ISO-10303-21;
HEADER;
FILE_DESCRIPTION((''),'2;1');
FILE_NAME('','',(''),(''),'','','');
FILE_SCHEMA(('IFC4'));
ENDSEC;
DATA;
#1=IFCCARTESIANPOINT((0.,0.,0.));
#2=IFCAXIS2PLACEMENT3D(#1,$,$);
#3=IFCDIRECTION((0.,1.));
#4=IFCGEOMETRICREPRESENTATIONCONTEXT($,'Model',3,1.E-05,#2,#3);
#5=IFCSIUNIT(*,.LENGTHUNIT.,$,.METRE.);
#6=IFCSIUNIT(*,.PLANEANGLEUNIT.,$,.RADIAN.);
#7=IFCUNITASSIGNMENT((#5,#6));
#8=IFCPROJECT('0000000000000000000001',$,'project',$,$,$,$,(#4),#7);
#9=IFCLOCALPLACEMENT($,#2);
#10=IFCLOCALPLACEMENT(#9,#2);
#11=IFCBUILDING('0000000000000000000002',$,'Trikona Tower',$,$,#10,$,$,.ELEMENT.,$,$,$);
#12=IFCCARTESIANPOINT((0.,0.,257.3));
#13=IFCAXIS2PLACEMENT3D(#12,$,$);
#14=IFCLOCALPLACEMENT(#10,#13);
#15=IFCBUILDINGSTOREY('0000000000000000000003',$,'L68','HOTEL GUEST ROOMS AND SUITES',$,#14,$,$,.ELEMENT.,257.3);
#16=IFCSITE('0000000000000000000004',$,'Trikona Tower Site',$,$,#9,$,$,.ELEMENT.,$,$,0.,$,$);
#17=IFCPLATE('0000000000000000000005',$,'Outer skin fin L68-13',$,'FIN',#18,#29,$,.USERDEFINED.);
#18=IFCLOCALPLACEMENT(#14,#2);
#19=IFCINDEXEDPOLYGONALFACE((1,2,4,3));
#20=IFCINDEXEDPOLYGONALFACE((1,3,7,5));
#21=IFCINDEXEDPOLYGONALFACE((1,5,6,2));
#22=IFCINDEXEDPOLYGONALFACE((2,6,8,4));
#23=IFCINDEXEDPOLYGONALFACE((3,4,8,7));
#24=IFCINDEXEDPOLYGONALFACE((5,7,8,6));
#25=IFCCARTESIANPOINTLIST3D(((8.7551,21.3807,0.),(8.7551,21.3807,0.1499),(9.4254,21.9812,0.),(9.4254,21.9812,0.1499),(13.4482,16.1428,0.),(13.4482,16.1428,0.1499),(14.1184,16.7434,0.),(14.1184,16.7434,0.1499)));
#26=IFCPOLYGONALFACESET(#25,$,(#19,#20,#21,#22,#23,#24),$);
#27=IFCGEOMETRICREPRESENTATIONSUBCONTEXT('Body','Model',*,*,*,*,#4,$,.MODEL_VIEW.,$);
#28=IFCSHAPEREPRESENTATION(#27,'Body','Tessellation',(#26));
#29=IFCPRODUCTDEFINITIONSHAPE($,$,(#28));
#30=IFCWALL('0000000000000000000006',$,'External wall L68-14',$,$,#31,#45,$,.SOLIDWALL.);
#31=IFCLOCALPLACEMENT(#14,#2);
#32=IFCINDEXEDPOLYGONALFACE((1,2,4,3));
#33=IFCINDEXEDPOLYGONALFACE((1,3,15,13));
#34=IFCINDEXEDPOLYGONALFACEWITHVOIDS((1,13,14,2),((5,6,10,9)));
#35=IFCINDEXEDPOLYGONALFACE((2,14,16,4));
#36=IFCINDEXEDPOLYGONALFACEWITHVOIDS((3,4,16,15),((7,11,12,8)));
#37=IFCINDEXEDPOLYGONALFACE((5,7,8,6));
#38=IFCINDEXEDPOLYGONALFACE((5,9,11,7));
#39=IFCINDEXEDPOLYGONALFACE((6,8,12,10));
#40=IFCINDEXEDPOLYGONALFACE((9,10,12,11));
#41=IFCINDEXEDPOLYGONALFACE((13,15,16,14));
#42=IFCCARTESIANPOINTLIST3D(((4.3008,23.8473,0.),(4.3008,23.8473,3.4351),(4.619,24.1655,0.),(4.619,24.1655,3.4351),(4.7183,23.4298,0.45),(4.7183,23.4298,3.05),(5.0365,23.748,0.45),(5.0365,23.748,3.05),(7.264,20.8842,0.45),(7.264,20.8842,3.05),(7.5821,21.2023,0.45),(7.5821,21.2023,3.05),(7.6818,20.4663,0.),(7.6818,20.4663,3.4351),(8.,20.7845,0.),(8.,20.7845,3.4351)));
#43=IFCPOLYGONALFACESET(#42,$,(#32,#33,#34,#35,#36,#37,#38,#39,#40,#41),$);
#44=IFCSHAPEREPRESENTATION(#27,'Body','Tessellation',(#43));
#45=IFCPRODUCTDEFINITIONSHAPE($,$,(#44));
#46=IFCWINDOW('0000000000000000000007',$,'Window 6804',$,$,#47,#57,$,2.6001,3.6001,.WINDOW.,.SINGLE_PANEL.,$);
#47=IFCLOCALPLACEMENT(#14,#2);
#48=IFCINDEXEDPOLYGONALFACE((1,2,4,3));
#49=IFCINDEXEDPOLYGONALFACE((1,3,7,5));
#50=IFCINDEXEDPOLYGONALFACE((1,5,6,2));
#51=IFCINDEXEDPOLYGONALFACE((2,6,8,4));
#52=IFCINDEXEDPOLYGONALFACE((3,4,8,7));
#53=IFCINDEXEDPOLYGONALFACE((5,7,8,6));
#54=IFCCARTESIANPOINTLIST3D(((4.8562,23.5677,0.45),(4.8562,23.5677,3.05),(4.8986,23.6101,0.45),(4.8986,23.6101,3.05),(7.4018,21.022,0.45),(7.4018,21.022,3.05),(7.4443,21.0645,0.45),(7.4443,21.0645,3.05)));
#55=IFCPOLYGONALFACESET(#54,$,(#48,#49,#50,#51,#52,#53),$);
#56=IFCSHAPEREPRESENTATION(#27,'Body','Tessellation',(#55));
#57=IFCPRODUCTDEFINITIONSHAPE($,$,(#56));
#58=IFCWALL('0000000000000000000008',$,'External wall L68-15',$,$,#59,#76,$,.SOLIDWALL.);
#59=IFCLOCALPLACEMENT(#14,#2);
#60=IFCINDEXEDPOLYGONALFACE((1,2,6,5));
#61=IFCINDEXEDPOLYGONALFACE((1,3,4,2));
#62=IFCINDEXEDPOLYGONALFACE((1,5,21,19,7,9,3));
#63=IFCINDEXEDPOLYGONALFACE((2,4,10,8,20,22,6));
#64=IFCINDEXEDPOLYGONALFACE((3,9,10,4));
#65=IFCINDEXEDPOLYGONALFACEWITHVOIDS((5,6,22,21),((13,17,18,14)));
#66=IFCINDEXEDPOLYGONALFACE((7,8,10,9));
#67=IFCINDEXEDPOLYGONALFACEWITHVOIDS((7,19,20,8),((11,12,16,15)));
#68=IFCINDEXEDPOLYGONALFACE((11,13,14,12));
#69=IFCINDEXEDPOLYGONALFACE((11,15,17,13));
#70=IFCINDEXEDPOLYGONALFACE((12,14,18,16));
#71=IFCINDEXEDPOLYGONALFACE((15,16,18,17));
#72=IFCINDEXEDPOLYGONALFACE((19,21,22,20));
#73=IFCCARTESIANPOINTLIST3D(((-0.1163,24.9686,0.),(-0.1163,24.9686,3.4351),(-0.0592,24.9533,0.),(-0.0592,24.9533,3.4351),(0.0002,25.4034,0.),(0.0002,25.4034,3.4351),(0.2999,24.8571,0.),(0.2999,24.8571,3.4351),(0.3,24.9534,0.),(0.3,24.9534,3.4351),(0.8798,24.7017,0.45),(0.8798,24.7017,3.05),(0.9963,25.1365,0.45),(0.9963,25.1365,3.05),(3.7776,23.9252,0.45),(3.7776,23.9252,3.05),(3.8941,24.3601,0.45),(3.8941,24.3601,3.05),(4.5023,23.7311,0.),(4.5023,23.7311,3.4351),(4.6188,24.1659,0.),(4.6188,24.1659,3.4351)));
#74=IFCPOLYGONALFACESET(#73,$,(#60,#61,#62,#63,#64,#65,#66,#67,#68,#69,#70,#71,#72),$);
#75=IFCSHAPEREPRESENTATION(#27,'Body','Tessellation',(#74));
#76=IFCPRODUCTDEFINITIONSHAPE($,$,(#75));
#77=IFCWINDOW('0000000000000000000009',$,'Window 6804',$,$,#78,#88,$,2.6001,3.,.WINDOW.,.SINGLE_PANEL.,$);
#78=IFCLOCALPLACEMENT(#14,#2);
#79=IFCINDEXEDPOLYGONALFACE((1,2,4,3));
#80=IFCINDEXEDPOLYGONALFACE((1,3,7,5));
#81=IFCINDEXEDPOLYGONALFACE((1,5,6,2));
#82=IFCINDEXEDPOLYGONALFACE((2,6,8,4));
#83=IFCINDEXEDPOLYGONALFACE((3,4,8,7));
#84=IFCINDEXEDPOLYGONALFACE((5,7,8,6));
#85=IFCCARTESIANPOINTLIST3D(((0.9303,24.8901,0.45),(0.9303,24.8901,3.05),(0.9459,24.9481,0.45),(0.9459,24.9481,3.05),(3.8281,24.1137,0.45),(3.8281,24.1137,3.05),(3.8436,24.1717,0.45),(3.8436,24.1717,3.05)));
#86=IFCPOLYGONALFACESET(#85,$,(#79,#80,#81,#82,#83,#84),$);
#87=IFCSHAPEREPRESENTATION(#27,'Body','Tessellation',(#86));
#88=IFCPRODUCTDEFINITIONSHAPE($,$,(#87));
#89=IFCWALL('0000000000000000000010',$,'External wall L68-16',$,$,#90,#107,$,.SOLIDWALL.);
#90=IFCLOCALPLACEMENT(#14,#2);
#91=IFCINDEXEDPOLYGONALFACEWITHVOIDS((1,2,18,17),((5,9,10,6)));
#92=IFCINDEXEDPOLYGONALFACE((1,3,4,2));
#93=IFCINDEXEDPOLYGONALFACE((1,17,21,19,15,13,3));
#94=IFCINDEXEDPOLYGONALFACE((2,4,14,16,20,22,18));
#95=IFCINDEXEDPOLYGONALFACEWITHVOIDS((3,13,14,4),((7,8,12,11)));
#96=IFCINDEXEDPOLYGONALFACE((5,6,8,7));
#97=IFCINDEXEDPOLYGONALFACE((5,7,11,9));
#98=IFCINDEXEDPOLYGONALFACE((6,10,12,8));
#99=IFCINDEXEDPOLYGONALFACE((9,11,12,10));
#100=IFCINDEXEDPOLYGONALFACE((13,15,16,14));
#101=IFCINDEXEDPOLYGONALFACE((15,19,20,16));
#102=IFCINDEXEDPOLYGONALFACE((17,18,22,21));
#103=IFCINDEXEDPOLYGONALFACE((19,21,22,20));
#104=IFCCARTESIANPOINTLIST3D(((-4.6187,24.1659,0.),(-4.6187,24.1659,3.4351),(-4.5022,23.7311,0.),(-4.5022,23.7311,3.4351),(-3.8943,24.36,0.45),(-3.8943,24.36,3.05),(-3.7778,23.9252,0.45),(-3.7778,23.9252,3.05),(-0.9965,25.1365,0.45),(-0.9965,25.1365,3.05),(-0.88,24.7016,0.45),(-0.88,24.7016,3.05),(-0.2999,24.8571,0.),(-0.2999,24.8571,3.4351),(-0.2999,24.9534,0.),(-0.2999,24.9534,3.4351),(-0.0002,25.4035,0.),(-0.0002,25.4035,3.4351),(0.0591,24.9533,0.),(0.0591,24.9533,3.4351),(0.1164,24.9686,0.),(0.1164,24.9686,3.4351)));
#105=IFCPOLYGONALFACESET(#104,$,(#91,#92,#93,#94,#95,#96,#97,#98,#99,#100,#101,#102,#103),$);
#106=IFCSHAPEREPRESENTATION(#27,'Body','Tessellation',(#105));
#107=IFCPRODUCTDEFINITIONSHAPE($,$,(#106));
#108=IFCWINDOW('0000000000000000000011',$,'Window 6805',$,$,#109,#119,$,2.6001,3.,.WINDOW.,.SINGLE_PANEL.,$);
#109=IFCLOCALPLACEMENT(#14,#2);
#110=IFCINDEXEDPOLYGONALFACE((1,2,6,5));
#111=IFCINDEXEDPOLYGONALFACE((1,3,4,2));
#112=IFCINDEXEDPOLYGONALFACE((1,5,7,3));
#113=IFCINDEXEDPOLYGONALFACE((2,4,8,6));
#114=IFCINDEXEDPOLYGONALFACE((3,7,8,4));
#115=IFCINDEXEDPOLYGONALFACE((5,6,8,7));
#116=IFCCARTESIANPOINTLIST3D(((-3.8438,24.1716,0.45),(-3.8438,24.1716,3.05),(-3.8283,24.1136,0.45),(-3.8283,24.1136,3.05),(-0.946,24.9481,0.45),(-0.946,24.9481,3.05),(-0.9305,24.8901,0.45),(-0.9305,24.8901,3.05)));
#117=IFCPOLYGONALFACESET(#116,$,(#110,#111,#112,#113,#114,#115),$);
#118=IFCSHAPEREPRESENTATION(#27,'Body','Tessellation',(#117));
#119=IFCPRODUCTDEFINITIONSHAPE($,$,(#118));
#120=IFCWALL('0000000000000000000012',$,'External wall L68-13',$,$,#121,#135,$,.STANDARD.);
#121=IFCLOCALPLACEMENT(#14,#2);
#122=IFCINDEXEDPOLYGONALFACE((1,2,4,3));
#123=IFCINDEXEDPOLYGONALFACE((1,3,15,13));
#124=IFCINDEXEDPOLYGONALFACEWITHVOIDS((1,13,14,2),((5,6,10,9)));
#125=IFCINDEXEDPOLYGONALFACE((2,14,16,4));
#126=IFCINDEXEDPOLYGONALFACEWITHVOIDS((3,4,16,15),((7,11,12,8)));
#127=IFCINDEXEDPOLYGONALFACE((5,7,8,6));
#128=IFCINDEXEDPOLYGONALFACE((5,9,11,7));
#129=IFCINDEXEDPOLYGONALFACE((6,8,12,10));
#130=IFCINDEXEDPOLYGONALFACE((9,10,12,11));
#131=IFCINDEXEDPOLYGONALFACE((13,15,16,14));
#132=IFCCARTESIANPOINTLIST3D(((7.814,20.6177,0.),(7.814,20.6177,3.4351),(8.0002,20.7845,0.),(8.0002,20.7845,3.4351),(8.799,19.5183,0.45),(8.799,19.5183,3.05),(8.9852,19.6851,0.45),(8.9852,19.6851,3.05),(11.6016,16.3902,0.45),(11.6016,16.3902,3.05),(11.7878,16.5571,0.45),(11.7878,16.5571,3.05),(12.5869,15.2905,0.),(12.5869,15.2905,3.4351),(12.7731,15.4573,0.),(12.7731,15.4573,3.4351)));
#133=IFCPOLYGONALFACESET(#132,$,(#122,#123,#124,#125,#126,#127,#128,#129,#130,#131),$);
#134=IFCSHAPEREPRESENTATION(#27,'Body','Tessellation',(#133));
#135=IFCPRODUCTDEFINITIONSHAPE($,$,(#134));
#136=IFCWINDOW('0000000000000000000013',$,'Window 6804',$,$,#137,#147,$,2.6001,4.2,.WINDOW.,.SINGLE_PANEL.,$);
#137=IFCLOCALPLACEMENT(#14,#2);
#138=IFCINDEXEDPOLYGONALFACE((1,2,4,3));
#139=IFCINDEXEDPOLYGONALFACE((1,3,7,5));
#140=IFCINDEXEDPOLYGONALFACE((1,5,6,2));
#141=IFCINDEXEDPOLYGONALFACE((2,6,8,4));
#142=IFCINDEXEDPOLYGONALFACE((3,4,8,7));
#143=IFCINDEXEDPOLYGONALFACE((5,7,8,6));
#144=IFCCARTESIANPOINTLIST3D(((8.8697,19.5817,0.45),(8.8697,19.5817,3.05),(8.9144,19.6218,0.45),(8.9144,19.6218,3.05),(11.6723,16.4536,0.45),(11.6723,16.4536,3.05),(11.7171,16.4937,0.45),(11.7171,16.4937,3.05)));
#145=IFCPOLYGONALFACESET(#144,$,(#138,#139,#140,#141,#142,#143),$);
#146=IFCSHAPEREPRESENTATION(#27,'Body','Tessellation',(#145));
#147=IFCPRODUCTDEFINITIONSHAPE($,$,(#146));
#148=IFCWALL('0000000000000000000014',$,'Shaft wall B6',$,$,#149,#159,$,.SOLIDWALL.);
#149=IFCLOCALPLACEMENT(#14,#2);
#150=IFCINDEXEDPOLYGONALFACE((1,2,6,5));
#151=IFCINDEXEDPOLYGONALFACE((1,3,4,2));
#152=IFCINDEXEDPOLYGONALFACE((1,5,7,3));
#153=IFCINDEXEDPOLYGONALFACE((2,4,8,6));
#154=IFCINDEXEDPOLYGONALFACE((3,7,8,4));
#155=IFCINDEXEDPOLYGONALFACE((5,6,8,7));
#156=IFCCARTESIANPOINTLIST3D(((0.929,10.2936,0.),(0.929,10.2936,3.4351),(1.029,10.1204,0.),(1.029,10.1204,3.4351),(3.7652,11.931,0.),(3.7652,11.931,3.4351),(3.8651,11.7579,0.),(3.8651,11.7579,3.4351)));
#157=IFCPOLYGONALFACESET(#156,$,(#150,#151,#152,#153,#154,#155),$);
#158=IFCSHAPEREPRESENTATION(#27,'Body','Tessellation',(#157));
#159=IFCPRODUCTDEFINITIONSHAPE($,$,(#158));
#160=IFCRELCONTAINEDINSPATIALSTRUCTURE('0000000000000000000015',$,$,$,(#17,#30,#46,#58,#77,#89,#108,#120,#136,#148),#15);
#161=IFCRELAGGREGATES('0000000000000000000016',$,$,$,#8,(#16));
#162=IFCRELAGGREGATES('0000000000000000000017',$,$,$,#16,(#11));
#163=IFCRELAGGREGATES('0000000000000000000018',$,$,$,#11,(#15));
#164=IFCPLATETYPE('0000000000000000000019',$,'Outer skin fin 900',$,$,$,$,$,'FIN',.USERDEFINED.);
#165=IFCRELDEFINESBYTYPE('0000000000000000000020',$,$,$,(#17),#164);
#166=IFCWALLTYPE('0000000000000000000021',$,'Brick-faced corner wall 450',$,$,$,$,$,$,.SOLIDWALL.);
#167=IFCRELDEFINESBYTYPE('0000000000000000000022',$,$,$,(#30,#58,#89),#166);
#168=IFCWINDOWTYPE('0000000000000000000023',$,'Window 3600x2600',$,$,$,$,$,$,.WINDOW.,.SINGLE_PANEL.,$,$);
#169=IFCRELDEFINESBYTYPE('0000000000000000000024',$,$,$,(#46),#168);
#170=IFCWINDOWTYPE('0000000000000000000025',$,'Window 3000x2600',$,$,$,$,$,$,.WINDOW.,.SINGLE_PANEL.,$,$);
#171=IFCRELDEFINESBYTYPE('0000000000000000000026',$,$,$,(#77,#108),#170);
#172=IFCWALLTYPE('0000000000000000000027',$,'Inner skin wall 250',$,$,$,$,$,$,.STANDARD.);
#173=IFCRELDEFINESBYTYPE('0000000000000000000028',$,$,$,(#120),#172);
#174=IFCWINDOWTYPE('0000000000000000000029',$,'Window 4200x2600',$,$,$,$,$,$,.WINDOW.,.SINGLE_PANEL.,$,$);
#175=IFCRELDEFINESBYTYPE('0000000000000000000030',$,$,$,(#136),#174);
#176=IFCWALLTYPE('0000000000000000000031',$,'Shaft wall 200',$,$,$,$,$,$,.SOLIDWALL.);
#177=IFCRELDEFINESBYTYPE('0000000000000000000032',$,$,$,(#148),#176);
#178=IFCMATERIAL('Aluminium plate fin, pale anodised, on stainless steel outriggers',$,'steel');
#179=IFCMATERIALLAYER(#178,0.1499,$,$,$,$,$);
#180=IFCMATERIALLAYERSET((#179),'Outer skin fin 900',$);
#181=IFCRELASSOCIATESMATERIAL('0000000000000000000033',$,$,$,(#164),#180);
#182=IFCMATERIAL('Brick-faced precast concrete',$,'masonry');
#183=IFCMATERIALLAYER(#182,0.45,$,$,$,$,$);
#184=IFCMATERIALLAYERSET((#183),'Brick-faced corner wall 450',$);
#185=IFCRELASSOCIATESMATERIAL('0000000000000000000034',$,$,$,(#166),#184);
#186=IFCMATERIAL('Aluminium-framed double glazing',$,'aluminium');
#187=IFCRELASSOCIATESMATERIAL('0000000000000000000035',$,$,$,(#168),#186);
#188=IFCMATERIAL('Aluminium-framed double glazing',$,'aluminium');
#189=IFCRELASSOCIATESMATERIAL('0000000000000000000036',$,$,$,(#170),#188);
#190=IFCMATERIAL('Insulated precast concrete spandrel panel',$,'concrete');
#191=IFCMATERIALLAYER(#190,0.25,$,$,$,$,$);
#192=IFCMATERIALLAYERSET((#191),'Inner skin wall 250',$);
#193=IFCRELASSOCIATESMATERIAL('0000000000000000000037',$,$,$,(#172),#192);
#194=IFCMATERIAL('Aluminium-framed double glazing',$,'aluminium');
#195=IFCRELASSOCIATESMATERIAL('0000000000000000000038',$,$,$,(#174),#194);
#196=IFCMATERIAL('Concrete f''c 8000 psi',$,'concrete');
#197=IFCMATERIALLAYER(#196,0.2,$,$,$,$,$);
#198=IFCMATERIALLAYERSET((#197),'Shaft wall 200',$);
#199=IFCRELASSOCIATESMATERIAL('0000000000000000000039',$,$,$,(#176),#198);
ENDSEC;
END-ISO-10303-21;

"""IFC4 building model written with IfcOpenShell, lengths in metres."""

from ifc_helpers import new_model, si_unit, direction, frame, frame_2d, origin, origin_2d, place, context, subcontext, project, spatial, polyline, rectangle, outline, extrude, material, layer, layer_set, type_object, element, fill, save


model = new_model("IFC4")

# Units and contexts
model_context = context("Model", 3, precision=1e-05, world=origin(), true_north=direction((0.0, 1.0)))
body_context = subcontext(model_context, "Body", "Model", "MODEL_VIEW")
ifc_project = project(units=[si_unit("LENGTHUNIT", "METRE"), si_unit("PLANEANGLEUNIT", "RADIAN")], contexts=[model_context])

# Site, building, storey
site_placement = place(None, origin())
site = spatial("IfcSite", under=ifc_project, at=site_placement, Name="Trikona Tower Site", CompositionType="ELEMENT", RefElevation=0.0)
building_placement = place(site_placement, origin())
building = spatial("IfcBuilding", under=site, at=building_placement, Name="Trikona Tower", CompositionType="ELEMENT")
storey_placement = place(building_placement, frame((0.0, 0.0, 257.3)))
storey = spatial("IfcBuildingStorey", under=building, at=storey_placement, Name="L68", Description="HOTEL GUEST ROOMS AND SUITES", CompositionType="ELEMENT", Elevation=257.3)

# Plate
ifc_material_1 = material(Name="Aluminium plate fin, pale anodised, on stainless steel outriggers", Category="steel")
ifc_layer_1 = layer(ifc_material_1, 0.1499)
ifc_layer_set_1 = layer_set([ifc_layer_1], Name="Outer skin fin 900")
plate_type_1 = type_object("IfcPlateType", Name="Outer skin fin 900", ElementType="FIN", PredefinedType="USERDEFINED", material=ifc_layer_set_1)
plate_1_placement = place(storey_placement, frame((11.4368, 19.062, 0.0), z_axis=(0.0, 0.0, 1.0), x_axis=(-0.667311, 0.744779, 0.0)))
element("IfcPlate", 1, at=plate_1_placement, inside=storey, type_object=plate_type_1, Name="Outer skin fin L68-13", ObjectType="FIN", PredefinedType="USERDEFINED", context=body_context, shape_type="SweptSolid", body=[
    extrude(rectangle(XDim=7.0327, YDim=0.8999, at=origin_2d()), origin(), (0.0, 0.0, 1.0), 0.1499),
])

# Walls, openings, windows
ifc_material_2 = material(Name="Brick-faced precast concrete", Category="masonry")
ifc_layer_2 = layer(ifc_material_2, 0.45)
ifc_layer_set_2 = layer_set([ifc_layer_2], Name="Brick-faced corner wall 450")
wall_type_1 = type_object("IfcWallType", Name="Brick-faced corner wall 450", PredefinedType="SOLIDWALL", material=ifc_layer_set_2)
wall_1_placement = place(storey_placement, frame((7.8408, 20.6255, 0.0), z_axis=(0.0, 0.0, 1.0), x_axis=(-0.707107, 0.707107, 0.0)))
wall_1 = element("IfcWall", 2, at=wall_1_placement, inside=storey, type_object=wall_type_1, Name="External wall L68-14", PredefinedType="SOLIDWALL", context=body_context, shape_type="SweptSolid", body=[
    extrude(rectangle(XDim=4.7815, YDim=0.45, at=frame_2d((2.3906, 0.0))), origin(), (0.0, 0.0, 1.0), 3.4351),
])
opening_1_placement = place(wall_1_placement, frame((0.5908, 0.0, 0.45)))
opening_1 = element("IfcOpeningElement", 3, at=opening_1_placement, cuts=wall_1, PredefinedType="OPENING", context=body_context, shape_type="SweptSolid", body=[
    extrude(rectangle(XDim=3.6001, YDim=2.6001, at=frame_2d((1.8, 1.3))), frame((0.0, 0.2349, 0.0), z_axis=(0.0, -1.0, 0.0), x_axis=(1.0, 0.0, 0.0)), (0.0, 0.0, 1.0), 0.47),
])
ifc_material_3 = material(Name="Aluminium-framed double glazing", Category="aluminium")
window_type_1 = type_object("IfcWindowType", Name="Window 3600x2600", PartitioningType="SINGLE_PANEL", PredefinedType="WINDOW", material=ifc_material_3)
window_1_placement = place(opening_1_placement, origin())
window_1 = element("IfcWindow", 4, at=window_1_placement, inside=storey, type_object=window_type_1, Name="Window 6804", OverallHeight=2.6001, OverallWidth=3.6001, PartitioningType="SINGLE_PANEL", PredefinedType="WINDOW", context=body_context, shape_type="SweptSolid", body=[
    extrude(rectangle(XDim=3.6001, YDim=2.6001, at=frame_2d((1.8, 1.3))), frame((0.0, 0.03, 0.0), z_axis=(0.0, -1.0, 0.0), x_axis=(1.0, 0.0, 0.0)), (0.0, 0.0, 1.0), 0.0601),
])
fill(opening_1, window_1)
wall_2_placement = place(storey_placement, frame((4.5605, 23.9485, 0.0), z_axis=(0.0, 0.0, 1.0), x_axis=(-0.965927, 0.258816, 0.0)))
wall_2 = element("IfcWall", 5, at=wall_2_placement, inside=storey, type_object=wall_type_1, Name="External wall L68-15", PredefinedType="SOLIDWALL", context=body_context, shape_type="SweptSolid", body=[
    extrude(outline(polyline([(4.7815, 0.2251), (4.7224, 0.2251), (4.3755, 0.1321), (4.3506, 0.2251), (0.0, 0.2251), (0.0, -0.2251), (4.7815, -0.2251), (4.7815, 0.2251)])), origin(), (0.0, 0.0, 1.0), 3.4351),
])
opening_2_placement = place(wall_2_placement, frame((0.7502, 0.0, 0.45)))
opening_2 = element("IfcOpeningElement", 6, at=opening_2_placement, cuts=wall_2, PredefinedType="OPENING", context=body_context, shape_type="SweptSolid", body=[
    extrude(rectangle(XDim=3.0, YDim=2.6001, at=frame_2d((1.5, 1.3))), frame((0.0, 0.2349, 0.0), z_axis=(0.0, -1.0, 0.0), x_axis=(1.0, 0.0, 0.0)), (0.0, 0.0, 1.0), 0.47),
])
ifc_material_4 = material(Name="Aluminium-framed double glazing", Category="aluminium")
window_type_2 = type_object("IfcWindowType", Name="Window 3000x2600", PartitioningType="SINGLE_PANEL", PredefinedType="WINDOW", material=ifc_material_4)
window_2_placement = place(opening_2_placement, origin())
window_2 = element("IfcWindow", 7, at=window_2_placement, inside=storey, type_object=window_type_2, Name="Window 6804", OverallHeight=2.6001, OverallWidth=3.0, PartitioningType="SINGLE_PANEL", PredefinedType="WINDOW", context=body_context, shape_type="SweptSolid", body=[
    extrude(rectangle(XDim=3.0, YDim=2.6001, at=frame_2d((1.5, 1.3))), frame((0.0, 0.03, 0.0), z_axis=(0.0, -1.0, 0.0), x_axis=(1.0, 0.0, 0.0)), (0.0, 0.0, 1.0), 0.0601),
])
fill(opening_2, window_2)
wall_3_placement = place(storey_placement, frame((0.0581, 25.186, 0.0), z_axis=(0.0, 0.0, 1.0), x_axis=(-0.965927, -0.258816, 0.0)))
wall_3 = element("IfcWall", 8, at=wall_3_placement, inside=storey, type_object=wall_type_1, Name="External wall L68-16", PredefinedType="SOLIDWALL", context=body_context, shape_type="SweptSolid", body=[
    extrude(outline(polyline([(4.7815, 0.2251), (0.4309, 0.2251), (0.406, 0.1321), (0.0593, 0.2251), (0.0, 0.2251), (0.0, -0.2251), (4.7815, -0.2251), (4.7815, 0.2251)])), origin(), (0.0, 0.0, 1.0), 3.4351),
])
opening_3_placement = place(wall_3_placement, frame((1.0315, 0.0, 0.45)))
opening_3 = element("IfcOpeningElement", 9, at=opening_3_placement, cuts=wall_3, PredefinedType="OPENING", context=body_context, shape_type="SweptSolid", body=[
    extrude(rectangle(XDim=3.0, YDim=2.6001, at=frame_2d((1.5, 1.3))), frame((0.0, 0.2349, 0.0), z_axis=(0.0, -1.0, 0.0), x_axis=(1.0, 0.0, 0.0)), (0.0, 0.0, 1.0), 0.47),
])
window_3_placement = place(opening_3_placement, origin())
window_3 = element("IfcWindow", 10, at=window_3_placement, inside=storey, type_object=window_type_2, Name="Window 6805", OverallHeight=2.6001, OverallWidth=3.0, PartitioningType="SINGLE_PANEL", PredefinedType="WINDOW", context=body_context, shape_type="SweptSolid", body=[
    extrude(rectangle(XDim=3.0, YDim=2.6001, at=frame_2d((1.5, 1.3))), frame((0.0, 0.03, 0.0), z_axis=(0.0, -1.0, 0.0), x_axis=(1.0, 0.0, 0.0)), (0.0, 0.0, 1.0), 0.0601),
])
fill(opening_3, window_3)
ifc_material_5 = material(Name="Insulated precast concrete spandrel panel", Category="concrete")
ifc_layer_3 = layer(ifc_material_5, 0.25)
ifc_layer_set_3 = layer_set([ifc_layer_3], Name="Inner skin wall 250")
wall_type_2 = type_object("IfcWallType", Name="Inner skin wall 250", PredefinedType="STANDARD", material=ifc_layer_set_3)
wall_4_placement = place(storey_placement, frame((12.6799, 15.374, 0.0), z_axis=(0.0, 0.0, 1.0), x_axis=(-0.667304, 0.744786, 0.0)))
wall_4 = element("IfcWall", 11, at=wall_4_placement, inside=storey, type_object=wall_type_2, Name="External wall L68-13", PredefinedType="STANDARD", context=body_context, shape_type="SweptSolid", body=[
    extrude(rectangle(XDim=7.1526, YDim=0.25, at=frame_2d((3.5762, 0.0))), origin(), (0.0, 0.0, 1.0), 3.4351),
])
opening_4_placement = place(wall_4_placement, frame((1.4763, 0.0, 0.45)))
opening_4 = element("IfcOpeningElement", 12, at=opening_4_placement, cuts=wall_4, PredefinedType="OPENING", context=body_context, shape_type="SweptSolid", body=[
    extrude(rectangle(XDim=4.2, YDim=2.6001, at=frame_2d((2.1001, 1.3))), frame((0.0, 0.135, 0.0), z_axis=(0.0, -1.0, 0.0), x_axis=(1.0, 0.0, 0.0)), (0.0, 0.0, 1.0), 0.27),
])
ifc_material_6 = material(Name="Aluminium-framed double glazing", Category="aluminium")
window_type_3 = type_object("IfcWindowType", Name="Window 4200x2600", PartitioningType="SINGLE_PANEL", PredefinedType="WINDOW", material=ifc_material_6)
window_4_placement = place(opening_4_placement, origin())
window_4 = element("IfcWindow", 13, at=window_4_placement, inside=storey, type_object=window_type_3, Name="Window 6804", OverallHeight=2.6001, OverallWidth=4.2, PartitioningType="SINGLE_PANEL", PredefinedType="WINDOW", context=body_context, shape_type="SweptSolid", body=[
    extrude(rectangle(XDim=4.2, YDim=2.6001, at=frame_2d((2.1001, 1.3))), frame((0.0, 0.03, 0.0), z_axis=(0.0, -1.0, 0.0), x_axis=(1.0, 0.0, 0.0)), (0.0, 0.0, 1.0), 0.0601),
])
fill(opening_4, window_4)

# Wall
ifc_material_7 = material(Name="Concrete f'c 8000 psi", Category="concrete")
ifc_layer_4 = layer(ifc_material_7, 0.2)
ifc_layer_set_4 = layer_set([ifc_layer_4], Name="Shaft wall 200")
wall_type_3 = type_object("IfcWallType", Name="Shaft wall 200", PredefinedType="SOLIDWALL", material=ifc_layer_set_4)
wall_5_placement = place(storey_placement, frame((0.979, 10.207, 0.0), z_axis=(0.0, 0.0, 1.0), x_axis=(0.866028, 0.499996, 0.0)))
element("IfcWall", 14, at=wall_5_placement, inside=storey, type_object=wall_type_3, Name="Shaft wall B6", PredefinedType="SOLIDWALL", context=body_context, shape_type="SweptSolid", body=[
    extrude(rectangle(XDim=3.2749, YDim=0.2, at=frame_2d((1.6375, 0.0))), origin(), (0.0, 0.0, 1.0), 3.4351),
])

save(model, "model.ifc")
